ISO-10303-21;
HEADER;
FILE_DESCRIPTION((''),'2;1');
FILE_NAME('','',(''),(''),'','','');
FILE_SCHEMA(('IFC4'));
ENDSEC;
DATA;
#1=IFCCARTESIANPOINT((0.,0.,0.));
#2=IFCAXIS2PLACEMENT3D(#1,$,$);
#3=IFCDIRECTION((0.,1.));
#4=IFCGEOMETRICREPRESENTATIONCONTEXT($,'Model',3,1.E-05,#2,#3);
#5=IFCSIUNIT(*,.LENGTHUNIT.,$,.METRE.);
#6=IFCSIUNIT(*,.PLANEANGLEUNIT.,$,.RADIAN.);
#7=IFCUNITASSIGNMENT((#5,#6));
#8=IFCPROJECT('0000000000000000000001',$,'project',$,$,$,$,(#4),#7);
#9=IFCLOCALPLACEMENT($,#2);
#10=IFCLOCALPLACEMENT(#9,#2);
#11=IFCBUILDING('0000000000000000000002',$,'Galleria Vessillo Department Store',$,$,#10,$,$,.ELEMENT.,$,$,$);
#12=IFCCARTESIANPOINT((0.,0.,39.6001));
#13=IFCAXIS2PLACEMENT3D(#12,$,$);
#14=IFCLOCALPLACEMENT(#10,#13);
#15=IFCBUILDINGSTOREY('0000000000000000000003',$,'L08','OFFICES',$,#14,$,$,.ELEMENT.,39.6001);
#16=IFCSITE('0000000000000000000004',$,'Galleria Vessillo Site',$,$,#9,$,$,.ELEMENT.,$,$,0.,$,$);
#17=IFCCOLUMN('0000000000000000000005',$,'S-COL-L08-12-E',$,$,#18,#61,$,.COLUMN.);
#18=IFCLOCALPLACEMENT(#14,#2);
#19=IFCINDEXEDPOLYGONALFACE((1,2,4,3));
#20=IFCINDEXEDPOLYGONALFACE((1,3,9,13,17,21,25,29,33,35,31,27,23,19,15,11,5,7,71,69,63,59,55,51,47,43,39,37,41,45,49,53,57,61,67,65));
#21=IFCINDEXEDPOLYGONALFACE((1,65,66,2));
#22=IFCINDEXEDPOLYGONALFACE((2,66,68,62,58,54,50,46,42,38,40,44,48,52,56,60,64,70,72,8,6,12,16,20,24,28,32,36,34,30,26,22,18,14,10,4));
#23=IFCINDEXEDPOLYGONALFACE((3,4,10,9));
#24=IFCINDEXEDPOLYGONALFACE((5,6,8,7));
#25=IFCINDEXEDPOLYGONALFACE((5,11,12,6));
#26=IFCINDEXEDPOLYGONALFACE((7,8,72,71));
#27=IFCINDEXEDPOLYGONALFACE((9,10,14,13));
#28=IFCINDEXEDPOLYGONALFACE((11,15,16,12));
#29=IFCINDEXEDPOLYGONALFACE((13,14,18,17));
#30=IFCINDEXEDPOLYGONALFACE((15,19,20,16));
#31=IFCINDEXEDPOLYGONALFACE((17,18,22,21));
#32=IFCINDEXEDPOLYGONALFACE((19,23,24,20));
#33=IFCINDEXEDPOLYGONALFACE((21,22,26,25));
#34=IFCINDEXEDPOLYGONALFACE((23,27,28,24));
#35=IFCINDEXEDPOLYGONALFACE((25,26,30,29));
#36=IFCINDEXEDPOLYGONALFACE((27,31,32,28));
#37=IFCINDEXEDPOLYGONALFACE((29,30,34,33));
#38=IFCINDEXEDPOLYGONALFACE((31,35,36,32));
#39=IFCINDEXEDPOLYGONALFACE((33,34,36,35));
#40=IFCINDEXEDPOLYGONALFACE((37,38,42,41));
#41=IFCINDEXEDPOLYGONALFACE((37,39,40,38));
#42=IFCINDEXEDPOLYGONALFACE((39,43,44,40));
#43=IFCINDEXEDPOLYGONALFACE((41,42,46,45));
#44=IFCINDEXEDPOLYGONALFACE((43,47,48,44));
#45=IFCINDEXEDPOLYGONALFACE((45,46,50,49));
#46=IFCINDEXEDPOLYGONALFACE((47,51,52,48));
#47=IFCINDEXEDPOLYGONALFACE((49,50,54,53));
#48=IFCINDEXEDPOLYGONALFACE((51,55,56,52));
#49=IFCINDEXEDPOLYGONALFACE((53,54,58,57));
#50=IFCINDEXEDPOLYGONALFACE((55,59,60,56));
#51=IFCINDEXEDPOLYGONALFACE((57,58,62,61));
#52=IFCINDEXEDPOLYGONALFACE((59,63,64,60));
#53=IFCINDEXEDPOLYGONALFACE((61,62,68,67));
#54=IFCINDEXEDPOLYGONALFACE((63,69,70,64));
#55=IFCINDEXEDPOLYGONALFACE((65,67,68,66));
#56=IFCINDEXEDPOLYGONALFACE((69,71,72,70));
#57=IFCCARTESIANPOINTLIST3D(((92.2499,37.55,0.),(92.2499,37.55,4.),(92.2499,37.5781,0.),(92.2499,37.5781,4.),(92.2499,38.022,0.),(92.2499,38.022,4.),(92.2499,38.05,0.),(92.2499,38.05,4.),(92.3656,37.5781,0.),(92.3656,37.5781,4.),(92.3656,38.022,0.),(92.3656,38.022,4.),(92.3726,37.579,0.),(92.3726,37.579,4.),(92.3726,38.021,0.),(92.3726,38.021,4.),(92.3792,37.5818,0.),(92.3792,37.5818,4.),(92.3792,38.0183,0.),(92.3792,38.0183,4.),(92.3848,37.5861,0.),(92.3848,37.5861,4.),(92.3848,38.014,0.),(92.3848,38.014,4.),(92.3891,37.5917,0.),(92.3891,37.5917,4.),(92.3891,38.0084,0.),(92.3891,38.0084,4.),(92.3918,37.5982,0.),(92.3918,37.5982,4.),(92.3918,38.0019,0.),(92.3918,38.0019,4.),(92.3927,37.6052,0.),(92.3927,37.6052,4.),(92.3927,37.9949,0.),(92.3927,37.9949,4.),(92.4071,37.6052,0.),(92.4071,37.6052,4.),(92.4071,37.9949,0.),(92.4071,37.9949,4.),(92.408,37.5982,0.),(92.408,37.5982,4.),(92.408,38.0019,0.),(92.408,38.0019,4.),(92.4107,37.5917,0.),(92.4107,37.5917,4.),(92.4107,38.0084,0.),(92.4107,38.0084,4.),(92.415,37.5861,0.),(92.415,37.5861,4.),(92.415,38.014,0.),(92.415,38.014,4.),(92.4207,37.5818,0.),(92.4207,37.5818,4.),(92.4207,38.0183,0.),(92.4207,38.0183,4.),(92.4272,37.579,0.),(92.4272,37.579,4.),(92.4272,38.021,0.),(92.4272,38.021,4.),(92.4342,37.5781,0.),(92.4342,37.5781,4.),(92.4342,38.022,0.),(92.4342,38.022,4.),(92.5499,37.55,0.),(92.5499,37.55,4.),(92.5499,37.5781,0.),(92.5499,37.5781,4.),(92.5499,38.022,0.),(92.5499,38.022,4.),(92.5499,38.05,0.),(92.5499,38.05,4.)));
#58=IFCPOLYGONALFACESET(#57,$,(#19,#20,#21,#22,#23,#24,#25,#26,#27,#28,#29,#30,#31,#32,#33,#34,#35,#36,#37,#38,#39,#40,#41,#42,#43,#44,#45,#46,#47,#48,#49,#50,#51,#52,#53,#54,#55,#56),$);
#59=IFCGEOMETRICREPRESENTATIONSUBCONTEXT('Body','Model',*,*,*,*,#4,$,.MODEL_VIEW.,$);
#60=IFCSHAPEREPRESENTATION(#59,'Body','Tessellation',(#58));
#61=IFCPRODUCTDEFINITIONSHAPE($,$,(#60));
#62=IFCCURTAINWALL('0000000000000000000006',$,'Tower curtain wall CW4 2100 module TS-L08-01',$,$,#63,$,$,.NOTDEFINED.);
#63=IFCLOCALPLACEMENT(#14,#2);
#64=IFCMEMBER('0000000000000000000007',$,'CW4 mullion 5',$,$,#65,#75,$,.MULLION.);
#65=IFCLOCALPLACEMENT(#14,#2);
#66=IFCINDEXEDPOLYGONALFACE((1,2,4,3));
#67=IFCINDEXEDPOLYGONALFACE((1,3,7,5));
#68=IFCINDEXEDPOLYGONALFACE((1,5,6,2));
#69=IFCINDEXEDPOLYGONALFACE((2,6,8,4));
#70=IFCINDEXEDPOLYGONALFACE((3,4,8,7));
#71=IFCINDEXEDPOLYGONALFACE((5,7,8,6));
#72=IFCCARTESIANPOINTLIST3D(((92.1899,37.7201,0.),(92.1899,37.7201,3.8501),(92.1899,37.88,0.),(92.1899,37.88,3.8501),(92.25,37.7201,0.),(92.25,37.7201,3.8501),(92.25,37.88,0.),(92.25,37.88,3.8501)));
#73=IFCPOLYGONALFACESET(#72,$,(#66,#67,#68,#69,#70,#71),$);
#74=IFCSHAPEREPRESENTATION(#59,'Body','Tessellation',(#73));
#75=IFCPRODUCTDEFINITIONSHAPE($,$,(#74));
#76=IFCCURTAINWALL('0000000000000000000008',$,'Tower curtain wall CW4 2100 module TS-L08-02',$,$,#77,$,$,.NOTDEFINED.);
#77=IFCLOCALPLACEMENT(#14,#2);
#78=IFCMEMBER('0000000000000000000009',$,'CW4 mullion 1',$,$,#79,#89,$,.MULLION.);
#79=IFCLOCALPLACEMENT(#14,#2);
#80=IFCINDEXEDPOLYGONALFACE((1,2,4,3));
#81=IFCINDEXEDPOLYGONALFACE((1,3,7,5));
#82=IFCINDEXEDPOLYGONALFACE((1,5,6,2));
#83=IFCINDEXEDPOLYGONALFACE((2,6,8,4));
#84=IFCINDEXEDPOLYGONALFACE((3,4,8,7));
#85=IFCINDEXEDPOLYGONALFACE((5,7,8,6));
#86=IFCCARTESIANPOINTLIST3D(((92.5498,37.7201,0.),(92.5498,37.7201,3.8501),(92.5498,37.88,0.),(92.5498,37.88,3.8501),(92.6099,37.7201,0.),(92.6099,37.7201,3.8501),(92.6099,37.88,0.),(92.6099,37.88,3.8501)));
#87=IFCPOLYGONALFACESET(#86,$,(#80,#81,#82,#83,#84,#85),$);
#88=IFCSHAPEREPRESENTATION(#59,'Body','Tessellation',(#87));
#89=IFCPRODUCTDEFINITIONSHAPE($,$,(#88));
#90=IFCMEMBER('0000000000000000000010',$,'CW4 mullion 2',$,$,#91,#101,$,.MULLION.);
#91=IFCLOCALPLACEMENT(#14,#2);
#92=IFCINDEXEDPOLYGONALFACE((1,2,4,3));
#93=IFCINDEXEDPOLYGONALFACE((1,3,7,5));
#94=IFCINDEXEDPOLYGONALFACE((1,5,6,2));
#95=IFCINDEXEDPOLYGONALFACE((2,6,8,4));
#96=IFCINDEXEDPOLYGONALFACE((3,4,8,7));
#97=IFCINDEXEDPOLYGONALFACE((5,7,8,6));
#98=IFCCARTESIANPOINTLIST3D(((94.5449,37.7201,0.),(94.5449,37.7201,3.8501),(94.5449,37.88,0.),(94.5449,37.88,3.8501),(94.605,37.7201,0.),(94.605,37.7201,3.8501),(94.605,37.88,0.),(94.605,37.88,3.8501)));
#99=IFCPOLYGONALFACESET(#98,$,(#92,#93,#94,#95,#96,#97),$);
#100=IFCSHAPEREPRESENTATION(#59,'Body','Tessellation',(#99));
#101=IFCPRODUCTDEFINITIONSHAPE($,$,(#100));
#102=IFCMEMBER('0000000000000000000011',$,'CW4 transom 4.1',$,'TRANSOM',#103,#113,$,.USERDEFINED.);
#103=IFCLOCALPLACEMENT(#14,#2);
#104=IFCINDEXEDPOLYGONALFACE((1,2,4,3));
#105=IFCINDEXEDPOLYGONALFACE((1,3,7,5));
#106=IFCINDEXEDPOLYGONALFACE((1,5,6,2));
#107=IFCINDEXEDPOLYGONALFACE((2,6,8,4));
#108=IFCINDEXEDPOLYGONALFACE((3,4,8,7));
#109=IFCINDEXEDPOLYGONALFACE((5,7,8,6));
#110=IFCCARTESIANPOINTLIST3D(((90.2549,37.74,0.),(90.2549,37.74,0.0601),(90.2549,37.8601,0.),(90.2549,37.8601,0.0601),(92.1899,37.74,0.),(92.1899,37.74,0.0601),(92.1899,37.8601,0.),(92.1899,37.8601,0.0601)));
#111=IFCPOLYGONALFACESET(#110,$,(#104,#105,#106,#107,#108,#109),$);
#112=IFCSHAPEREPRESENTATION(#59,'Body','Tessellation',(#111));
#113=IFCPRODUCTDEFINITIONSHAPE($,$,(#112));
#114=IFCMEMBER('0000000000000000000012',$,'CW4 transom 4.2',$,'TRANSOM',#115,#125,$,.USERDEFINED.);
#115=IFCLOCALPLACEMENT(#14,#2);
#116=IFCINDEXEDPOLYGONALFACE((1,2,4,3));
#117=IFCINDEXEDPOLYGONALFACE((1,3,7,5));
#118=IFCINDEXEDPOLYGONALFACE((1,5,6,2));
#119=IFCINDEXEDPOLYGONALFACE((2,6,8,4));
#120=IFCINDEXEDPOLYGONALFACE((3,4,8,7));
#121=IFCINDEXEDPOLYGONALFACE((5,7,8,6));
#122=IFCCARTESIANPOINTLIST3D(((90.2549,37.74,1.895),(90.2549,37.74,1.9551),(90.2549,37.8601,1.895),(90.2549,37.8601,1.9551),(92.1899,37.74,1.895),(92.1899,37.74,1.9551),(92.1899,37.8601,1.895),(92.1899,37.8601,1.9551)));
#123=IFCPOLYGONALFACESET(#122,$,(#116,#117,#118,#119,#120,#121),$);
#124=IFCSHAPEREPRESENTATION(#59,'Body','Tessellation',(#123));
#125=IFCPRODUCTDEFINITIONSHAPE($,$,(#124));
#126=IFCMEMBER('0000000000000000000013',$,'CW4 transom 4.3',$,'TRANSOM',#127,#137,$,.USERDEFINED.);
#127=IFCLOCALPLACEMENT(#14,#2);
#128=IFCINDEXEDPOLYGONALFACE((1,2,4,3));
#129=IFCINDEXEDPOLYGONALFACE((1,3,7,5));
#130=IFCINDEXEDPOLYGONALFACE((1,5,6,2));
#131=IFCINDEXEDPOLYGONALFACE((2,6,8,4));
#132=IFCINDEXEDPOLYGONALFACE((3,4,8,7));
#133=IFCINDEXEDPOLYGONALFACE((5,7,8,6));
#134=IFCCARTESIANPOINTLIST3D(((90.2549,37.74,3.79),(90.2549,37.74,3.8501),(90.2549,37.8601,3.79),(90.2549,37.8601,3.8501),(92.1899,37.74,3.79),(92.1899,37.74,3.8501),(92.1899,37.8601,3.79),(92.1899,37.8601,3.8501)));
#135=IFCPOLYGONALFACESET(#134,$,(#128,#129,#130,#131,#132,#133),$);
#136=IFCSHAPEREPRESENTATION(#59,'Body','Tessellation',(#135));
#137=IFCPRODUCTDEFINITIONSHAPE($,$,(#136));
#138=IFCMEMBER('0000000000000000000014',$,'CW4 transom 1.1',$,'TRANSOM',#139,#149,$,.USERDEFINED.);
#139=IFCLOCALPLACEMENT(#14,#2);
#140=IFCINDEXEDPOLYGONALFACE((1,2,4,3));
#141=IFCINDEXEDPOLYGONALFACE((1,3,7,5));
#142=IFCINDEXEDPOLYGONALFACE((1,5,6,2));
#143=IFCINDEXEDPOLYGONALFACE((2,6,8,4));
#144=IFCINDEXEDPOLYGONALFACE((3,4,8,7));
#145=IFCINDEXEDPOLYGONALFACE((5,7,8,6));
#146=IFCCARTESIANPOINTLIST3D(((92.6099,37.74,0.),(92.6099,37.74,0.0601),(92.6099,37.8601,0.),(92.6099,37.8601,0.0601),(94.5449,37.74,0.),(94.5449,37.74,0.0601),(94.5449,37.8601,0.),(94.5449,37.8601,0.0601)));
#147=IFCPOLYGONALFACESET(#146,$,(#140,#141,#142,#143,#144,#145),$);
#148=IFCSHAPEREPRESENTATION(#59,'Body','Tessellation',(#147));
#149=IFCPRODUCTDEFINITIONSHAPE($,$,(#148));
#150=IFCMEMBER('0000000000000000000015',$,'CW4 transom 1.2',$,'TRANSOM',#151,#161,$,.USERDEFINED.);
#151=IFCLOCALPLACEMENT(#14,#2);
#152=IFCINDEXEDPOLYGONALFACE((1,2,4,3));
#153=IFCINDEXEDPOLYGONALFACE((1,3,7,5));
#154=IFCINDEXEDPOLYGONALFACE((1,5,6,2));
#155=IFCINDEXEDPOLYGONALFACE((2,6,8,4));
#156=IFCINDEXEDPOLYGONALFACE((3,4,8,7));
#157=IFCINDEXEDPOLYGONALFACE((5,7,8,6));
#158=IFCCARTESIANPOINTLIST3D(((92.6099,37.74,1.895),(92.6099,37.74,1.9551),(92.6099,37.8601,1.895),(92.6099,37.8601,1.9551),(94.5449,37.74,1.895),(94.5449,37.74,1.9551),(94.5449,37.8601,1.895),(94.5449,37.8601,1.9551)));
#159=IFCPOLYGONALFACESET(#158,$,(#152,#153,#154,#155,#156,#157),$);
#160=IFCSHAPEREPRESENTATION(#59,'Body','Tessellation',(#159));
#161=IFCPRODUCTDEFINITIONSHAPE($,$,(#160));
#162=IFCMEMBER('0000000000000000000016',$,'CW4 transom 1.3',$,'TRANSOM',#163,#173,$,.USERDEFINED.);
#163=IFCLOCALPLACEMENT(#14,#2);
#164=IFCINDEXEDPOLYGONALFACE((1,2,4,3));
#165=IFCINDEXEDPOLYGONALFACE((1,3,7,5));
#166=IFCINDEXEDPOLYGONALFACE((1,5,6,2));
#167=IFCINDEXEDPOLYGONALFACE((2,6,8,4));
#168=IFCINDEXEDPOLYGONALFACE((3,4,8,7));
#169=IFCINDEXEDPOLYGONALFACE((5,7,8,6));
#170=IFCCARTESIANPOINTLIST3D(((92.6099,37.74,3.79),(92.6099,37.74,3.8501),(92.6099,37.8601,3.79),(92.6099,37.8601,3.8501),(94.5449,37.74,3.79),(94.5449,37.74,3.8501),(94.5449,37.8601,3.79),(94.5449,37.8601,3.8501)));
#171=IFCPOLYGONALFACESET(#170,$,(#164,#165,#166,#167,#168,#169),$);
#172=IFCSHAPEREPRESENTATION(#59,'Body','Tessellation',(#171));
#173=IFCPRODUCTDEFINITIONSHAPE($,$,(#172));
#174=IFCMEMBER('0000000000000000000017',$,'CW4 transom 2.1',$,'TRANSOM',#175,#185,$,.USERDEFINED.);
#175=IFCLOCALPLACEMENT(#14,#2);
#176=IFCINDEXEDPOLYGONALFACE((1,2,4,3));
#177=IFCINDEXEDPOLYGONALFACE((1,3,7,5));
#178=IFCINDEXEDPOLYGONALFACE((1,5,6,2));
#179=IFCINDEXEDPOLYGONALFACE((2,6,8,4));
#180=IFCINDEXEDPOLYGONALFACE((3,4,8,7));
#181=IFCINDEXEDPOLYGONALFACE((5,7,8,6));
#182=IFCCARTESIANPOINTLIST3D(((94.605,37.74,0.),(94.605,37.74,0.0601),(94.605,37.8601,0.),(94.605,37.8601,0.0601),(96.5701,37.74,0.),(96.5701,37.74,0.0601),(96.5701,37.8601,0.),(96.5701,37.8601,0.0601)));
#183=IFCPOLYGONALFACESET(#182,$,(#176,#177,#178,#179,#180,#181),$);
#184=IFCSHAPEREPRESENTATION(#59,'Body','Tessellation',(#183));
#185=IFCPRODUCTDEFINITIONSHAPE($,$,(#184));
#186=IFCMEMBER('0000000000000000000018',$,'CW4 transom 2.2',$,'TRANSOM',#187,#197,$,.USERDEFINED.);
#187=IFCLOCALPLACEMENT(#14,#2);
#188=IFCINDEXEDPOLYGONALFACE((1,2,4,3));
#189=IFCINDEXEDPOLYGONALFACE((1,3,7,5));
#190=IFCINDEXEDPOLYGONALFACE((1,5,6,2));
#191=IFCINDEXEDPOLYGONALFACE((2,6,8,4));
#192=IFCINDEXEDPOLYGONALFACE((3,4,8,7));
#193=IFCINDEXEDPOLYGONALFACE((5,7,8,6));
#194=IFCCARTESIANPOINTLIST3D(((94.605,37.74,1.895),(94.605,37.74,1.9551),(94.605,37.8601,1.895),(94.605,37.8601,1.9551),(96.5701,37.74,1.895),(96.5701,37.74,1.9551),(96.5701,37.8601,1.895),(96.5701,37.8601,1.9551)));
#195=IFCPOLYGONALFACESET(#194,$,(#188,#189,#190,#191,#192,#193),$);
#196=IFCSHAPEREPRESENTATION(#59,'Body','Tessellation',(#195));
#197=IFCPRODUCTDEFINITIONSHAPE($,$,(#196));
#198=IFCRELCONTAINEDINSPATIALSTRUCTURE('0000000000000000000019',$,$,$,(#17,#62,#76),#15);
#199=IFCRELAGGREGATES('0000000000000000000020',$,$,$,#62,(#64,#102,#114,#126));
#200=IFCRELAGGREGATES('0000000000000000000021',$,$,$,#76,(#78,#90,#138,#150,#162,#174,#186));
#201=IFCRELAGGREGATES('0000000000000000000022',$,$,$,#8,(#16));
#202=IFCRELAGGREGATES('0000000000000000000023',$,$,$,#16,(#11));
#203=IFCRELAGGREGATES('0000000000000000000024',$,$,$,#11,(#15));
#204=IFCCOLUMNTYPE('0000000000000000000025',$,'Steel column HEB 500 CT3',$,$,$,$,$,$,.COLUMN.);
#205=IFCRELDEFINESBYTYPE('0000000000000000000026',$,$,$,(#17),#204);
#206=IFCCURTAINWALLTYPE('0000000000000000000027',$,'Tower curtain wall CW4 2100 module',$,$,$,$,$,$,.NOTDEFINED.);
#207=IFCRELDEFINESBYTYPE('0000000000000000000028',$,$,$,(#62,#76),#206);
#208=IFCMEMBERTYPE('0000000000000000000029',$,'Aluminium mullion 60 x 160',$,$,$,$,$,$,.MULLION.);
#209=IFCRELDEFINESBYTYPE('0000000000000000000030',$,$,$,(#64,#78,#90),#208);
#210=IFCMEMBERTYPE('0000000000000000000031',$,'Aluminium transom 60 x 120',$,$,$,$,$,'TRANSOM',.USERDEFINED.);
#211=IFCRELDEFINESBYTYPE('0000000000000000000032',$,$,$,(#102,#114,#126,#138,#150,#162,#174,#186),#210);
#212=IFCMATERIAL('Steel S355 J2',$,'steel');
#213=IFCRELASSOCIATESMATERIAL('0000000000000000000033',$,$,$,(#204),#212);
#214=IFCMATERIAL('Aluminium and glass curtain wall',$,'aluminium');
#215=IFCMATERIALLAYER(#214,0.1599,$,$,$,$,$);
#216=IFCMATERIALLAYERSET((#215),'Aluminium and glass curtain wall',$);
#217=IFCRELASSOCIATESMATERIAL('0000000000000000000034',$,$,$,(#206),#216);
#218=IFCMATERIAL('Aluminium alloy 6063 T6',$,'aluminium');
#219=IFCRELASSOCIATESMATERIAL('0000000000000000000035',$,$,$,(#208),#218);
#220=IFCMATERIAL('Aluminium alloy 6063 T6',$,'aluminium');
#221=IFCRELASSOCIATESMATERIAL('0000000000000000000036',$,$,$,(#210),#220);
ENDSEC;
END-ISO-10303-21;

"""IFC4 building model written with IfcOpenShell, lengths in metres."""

from ifc_helpers import new_model, si_unit, direction, frame, origin, origin_2d, place, context, subcontext, project, spatial, rectangle, i_section, extrude, material, layer, layer_set, material_profile, profile_set, type_object, element, aggregate, save


model = new_model("IFC4")

# Units and contexts
model_context = context("Model", 3, precision=1e-05, world=origin(), true_north=direction((0.0, 1.0)))
body_context = subcontext(model_context, "Body", "Model", "MODEL_VIEW")
ifc_project = project(units=[si_unit("LENGTHUNIT", "METRE"), si_unit("PLANEANGLEUNIT", "RADIAN")], contexts=[model_context])

# Site, building, storey
site_placement = place(None, origin())
site = spatial("IfcSite", under=ifc_project, at=site_placement, Name="Galleria Vessillo Site", CompositionType="ELEMENT", RefElevation=0.0)
building_placement = place(site_placement, origin())
building = spatial("IfcBuilding", under=site, at=building_placement, Name="Galleria Vessillo Department Store", CompositionType="ELEMENT")
storey_placement = place(building_placement, frame((0.0, 0.0, 39.6001)))
storey = spatial("IfcBuildingStorey", under=building, at=storey_placement, Name="L08", Description="OFFICES", CompositionType="ELEMENT", Elevation=39.6001)

# Column
ifc_material_1 = material(Name="Steel S355 J2", Category="steel")
ifc_material_profile_1 = material_profile(ifc_material_1, i_section(OverallWidth=0.3, OverallDepth=0.5, WebThickness=0.0144, FlangeThickness=0.0281, FilletRadius=0.0271, at=origin_2d()), Name="HEB 500")
ifc_profile_set_1 = profile_set([ifc_material_profile_1], Name="Steel S355 J2")
column_type = type_object("IfcColumnType", Name="Steel column HEB 500 CT3", PredefinedType="COLUMN", material=ifc_profile_set_1)
column_placement = place(storey_placement, frame((92.3999, 37.8, 0.0), z_axis=(0.0, 0.0, 1.0), x_axis=(1.0, 0.0, 0.0)))
element("IfcColumn", 1, at=column_placement, inside=storey, type_object=column_type, Name="S-COL-L08-12-E", PredefinedType="COLUMN", context=body_context, shape_type="SweptSolid", body=[
    extrude(i_section(OverallWidth=0.3, OverallDepth=0.5, WebThickness=0.0144, FlangeThickness=0.0281, FilletRadius=0.0271, at=origin_2d()), origin(), (0.0, 0.0, 1.0), 4.0),
])

# Curtain wall, member
ifc_material_2 = material(Name="Aluminium and glass curtain wall", Category="aluminium")
ifc_layer_1 = layer(ifc_material_2, 0.1599)
ifc_layer_set_1 = layer_set([ifc_layer_1], Name="Aluminium and glass curtain wall")
curtain_wall_type = type_object("IfcCurtainWallType", Name="Tower curtain wall CW4 2100 module", PredefinedType="NOTDEFINED", material=ifc_layer_set_1)
curtain_wall_1_placement = place(storey_placement, origin())
curtain_wall_1 = element("IfcCurtainWall", 2, at=curtain_wall_1_placement, inside=storey, type_object=curtain_wall_type, Name="Tower curtain wall CW4 2100 module TS-L08-01", PredefinedType="NOTDEFINED")
ifc_material_3 = material(Name="Aluminium alloy 6063 T6", Category="aluminium")
ifc_material_profile_2 = material_profile(ifc_material_3, rectangle(XDim=0.1599, YDim=0.0601, at=origin_2d()), Name="AL 60x160")
ifc_profile_set_2 = profile_set([ifc_material_profile_2], Name="Aluminium alloy 6063 T6")
member_type_1 = type_object("IfcMemberType", Name="Aluminium mullion 60 x 160", PredefinedType="MULLION", material=ifc_profile_set_2)
member_1_placement = place(storey_placement, frame((92.22, 37.8, 0.0), z_axis=(0.0, 0.0, 1.0), x_axis=(0.0, 1.0, 0.0)))
member_1 = element("IfcMember", 3, at=member_1_placement, type_object=member_type_1, Name="CW4 mullion 5", PredefinedType="MULLION", context=body_context, shape_type="SweptSolid", body=[
    extrude(rectangle(XDim=0.1599, YDim=0.0601, at=origin_2d()), origin(), (0.0, 0.0, 1.0), 3.8501),
])

# Curtain wall, members
curtain_wall_2_placement = place(storey_placement, origin())
curtain_wall_2 = element("IfcCurtainWall", 4, at=curtain_wall_2_placement, inside=storey, type_object=curtain_wall_type, Name="Tower curtain wall CW4 2100 module TS-L08-02", PredefinedType="NOTDEFINED")
member_2_placement = place(storey_placement, frame((92.5798, 37.8, 0.0), z_axis=(0.0, 0.0, 1.0), x_axis=(0.0, 1.0, 0.0)))
member_2 = element("IfcMember", 5, at=member_2_placement, type_object=member_type_1, Name="CW4 mullion 1", PredefinedType="MULLION", context=body_context, shape_type="SweptSolid", body=[
    extrude(rectangle(XDim=0.1599, YDim=0.0601, at=origin_2d()), origin(), (0.0, 0.0, 1.0), 3.8501),
])
member_3_placement = place(storey_placement, frame((94.575, 37.8, 0.0), z_axis=(0.0, 0.0, 1.0), x_axis=(0.0, 1.0, 0.0)))
member_3 = element("IfcMember", 6, at=member_3_placement, type_object=member_type_1, Name="CW4 mullion 2", PredefinedType="MULLION", context=body_context, shape_type="SweptSolid", body=[
    extrude(rectangle(XDim=0.1599, YDim=0.0601, at=origin_2d()), origin(), (0.0, 0.0, 1.0), 3.8501),
])

# Members
ifc_material_4 = material(Name="Aluminium alloy 6063 T6", Category="aluminium")
ifc_material_profile_3 = material_profile(ifc_material_4, rectangle(XDim=0.1201, YDim=0.0601, at=origin_2d()), Name="AL 60x120")
ifc_profile_set_3 = profile_set([ifc_material_profile_3], Name="Aluminium alloy 6063 T6")
member_type_2 = type_object("IfcMemberType", Name="Aluminium transom 60 x 120", ElementType="TRANSOM", PredefinedType="USERDEFINED", material=ifc_profile_set_3)
member_4_placement = place(storey_placement, frame((90.2549, 37.8, 0.03), z_axis=(1.0, 0.0, 0.0), x_axis=(0.0, 1.0, 0.0)))
member_4 = element("IfcMember", 7, at=member_4_placement, type_object=member_type_2, Name="CW4 transom 4.1", ObjectType="TRANSOM", PredefinedType="USERDEFINED", context=body_context, shape_type="SweptSolid", body=[
    extrude(rectangle(XDim=0.1201, YDim=0.0601, at=origin_2d()), origin(), (0.0, 0.0, 1.0), 1.9351),
])
member_5_placement = place(storey_placement, frame((90.2549, 37.8, 1.925), z_axis=(1.0, 0.0, 0.0), x_axis=(0.0, 1.0, 0.0)))
member_5 = element("IfcMember", 8, at=member_5_placement, type_object=member_type_2, Name="CW4 transom 4.2", ObjectType="TRANSOM", PredefinedType="USERDEFINED", context=body_context, shape_type="SweptSolid", body=[
    extrude(rectangle(XDim=0.1201, YDim=0.0601, at=origin_2d()), origin(), (0.0, 0.0, 1.0), 1.9351),
])
member_6_placement = place(storey_placement, frame((90.2549, 37.8, 3.8201), z_axis=(1.0, 0.0, 0.0), x_axis=(0.0, 1.0, 0.0)))
member_6 = element("IfcMember", 9, at=member_6_placement, type_object=member_type_2, Name="CW4 transom 4.3", ObjectType="TRANSOM", PredefinedType="USERDEFINED", context=body_context, shape_type="SweptSolid", body=[
    extrude(rectangle(XDim=0.1201, YDim=0.0601, at=origin_2d()), origin(), (0.0, 0.0, 1.0), 1.9351),
])
member_7_placement = place(storey_placement, frame((92.6099, 37.8, 0.03), z_axis=(1.0, 0.0, 0.0), x_axis=(0.0, 1.0, 0.0)))
member_7 = element("IfcMember", 10, at=member_7_placement, type_object=member_type_2, Name="CW4 transom 1.1", ObjectType="TRANSOM", PredefinedType="USERDEFINED", context=body_context, shape_type="SweptSolid", body=[
    extrude(rectangle(XDim=0.1201, YDim=0.0601, at=origin_2d()), origin(), (0.0, 0.0, 1.0), 1.9351),
])
member_8_placement = place(storey_placement, frame((92.6099, 37.8, 1.925), z_axis=(1.0, 0.0, 0.0), x_axis=(0.0, 1.0, 0.0)))
member_8 = element("IfcMember", 11, at=member_8_placement, type_object=member_type_2, Name="CW4 transom 1.2", ObjectType="TRANSOM", PredefinedType="USERDEFINED", context=body_context, shape_type="SweptSolid", body=[
    extrude(rectangle(XDim=0.1201, YDim=0.0601, at=origin_2d()), origin(), (0.0, 0.0, 1.0), 1.9351),
])
member_9_placement = place(storey_placement, frame((92.6099, 37.8, 3.8201), z_axis=(1.0, 0.0, 0.0), x_axis=(0.0, 1.0, 0.0)))
member_9 = element("IfcMember", 12, at=member_9_placement, type_object=member_type_2, Name="CW4 transom 1.3", ObjectType="TRANSOM", PredefinedType="USERDEFINED", context=body_context, shape_type="SweptSolid", body=[
    extrude(rectangle(XDim=0.1201, YDim=0.0601, at=origin_2d()), origin(), (0.0, 0.0, 1.0), 1.9351),
])
member_10_placement = place(storey_placement, frame((94.605, 37.8, 0.03), z_axis=(1.0, 0.0, 0.0), x_axis=(0.0, 1.0, 0.0)))
member_10 = element("IfcMember", 13, at=member_10_placement, type_object=member_type_2, Name="CW4 transom 2.1", ObjectType="TRANSOM", PredefinedType="USERDEFINED", context=body_context, shape_type="SweptSolid", body=[
    extrude(rectangle(XDim=0.1201, YDim=0.0601, at=origin_2d()), origin(), (0.0, 0.0, 1.0), 1.9651),
])
member_11_placement = place(storey_placement, frame((94.605, 37.8, 1.925), z_axis=(1.0, 0.0, 0.0), x_axis=(0.0, 1.0, 0.0)))
member_11 = element("IfcMember", 14, at=member_11_placement, type_object=member_type_2, Name="CW4 transom 2.2", ObjectType="TRANSOM", PredefinedType="USERDEFINED", context=body_context, shape_type="SweptSolid", body=[
    extrude(rectangle(XDim=0.1201, YDim=0.0601, at=origin_2d()), origin(), (0.0, 0.0, 1.0), 1.9651),
])

aggregate(curtain_wall_1, [member_1, member_4, member_5, member_6])
aggregate(curtain_wall_2, [member_2, member_3, member_7, member_8, member_9, member_10, member_11])

save(model, "model.ifc")
